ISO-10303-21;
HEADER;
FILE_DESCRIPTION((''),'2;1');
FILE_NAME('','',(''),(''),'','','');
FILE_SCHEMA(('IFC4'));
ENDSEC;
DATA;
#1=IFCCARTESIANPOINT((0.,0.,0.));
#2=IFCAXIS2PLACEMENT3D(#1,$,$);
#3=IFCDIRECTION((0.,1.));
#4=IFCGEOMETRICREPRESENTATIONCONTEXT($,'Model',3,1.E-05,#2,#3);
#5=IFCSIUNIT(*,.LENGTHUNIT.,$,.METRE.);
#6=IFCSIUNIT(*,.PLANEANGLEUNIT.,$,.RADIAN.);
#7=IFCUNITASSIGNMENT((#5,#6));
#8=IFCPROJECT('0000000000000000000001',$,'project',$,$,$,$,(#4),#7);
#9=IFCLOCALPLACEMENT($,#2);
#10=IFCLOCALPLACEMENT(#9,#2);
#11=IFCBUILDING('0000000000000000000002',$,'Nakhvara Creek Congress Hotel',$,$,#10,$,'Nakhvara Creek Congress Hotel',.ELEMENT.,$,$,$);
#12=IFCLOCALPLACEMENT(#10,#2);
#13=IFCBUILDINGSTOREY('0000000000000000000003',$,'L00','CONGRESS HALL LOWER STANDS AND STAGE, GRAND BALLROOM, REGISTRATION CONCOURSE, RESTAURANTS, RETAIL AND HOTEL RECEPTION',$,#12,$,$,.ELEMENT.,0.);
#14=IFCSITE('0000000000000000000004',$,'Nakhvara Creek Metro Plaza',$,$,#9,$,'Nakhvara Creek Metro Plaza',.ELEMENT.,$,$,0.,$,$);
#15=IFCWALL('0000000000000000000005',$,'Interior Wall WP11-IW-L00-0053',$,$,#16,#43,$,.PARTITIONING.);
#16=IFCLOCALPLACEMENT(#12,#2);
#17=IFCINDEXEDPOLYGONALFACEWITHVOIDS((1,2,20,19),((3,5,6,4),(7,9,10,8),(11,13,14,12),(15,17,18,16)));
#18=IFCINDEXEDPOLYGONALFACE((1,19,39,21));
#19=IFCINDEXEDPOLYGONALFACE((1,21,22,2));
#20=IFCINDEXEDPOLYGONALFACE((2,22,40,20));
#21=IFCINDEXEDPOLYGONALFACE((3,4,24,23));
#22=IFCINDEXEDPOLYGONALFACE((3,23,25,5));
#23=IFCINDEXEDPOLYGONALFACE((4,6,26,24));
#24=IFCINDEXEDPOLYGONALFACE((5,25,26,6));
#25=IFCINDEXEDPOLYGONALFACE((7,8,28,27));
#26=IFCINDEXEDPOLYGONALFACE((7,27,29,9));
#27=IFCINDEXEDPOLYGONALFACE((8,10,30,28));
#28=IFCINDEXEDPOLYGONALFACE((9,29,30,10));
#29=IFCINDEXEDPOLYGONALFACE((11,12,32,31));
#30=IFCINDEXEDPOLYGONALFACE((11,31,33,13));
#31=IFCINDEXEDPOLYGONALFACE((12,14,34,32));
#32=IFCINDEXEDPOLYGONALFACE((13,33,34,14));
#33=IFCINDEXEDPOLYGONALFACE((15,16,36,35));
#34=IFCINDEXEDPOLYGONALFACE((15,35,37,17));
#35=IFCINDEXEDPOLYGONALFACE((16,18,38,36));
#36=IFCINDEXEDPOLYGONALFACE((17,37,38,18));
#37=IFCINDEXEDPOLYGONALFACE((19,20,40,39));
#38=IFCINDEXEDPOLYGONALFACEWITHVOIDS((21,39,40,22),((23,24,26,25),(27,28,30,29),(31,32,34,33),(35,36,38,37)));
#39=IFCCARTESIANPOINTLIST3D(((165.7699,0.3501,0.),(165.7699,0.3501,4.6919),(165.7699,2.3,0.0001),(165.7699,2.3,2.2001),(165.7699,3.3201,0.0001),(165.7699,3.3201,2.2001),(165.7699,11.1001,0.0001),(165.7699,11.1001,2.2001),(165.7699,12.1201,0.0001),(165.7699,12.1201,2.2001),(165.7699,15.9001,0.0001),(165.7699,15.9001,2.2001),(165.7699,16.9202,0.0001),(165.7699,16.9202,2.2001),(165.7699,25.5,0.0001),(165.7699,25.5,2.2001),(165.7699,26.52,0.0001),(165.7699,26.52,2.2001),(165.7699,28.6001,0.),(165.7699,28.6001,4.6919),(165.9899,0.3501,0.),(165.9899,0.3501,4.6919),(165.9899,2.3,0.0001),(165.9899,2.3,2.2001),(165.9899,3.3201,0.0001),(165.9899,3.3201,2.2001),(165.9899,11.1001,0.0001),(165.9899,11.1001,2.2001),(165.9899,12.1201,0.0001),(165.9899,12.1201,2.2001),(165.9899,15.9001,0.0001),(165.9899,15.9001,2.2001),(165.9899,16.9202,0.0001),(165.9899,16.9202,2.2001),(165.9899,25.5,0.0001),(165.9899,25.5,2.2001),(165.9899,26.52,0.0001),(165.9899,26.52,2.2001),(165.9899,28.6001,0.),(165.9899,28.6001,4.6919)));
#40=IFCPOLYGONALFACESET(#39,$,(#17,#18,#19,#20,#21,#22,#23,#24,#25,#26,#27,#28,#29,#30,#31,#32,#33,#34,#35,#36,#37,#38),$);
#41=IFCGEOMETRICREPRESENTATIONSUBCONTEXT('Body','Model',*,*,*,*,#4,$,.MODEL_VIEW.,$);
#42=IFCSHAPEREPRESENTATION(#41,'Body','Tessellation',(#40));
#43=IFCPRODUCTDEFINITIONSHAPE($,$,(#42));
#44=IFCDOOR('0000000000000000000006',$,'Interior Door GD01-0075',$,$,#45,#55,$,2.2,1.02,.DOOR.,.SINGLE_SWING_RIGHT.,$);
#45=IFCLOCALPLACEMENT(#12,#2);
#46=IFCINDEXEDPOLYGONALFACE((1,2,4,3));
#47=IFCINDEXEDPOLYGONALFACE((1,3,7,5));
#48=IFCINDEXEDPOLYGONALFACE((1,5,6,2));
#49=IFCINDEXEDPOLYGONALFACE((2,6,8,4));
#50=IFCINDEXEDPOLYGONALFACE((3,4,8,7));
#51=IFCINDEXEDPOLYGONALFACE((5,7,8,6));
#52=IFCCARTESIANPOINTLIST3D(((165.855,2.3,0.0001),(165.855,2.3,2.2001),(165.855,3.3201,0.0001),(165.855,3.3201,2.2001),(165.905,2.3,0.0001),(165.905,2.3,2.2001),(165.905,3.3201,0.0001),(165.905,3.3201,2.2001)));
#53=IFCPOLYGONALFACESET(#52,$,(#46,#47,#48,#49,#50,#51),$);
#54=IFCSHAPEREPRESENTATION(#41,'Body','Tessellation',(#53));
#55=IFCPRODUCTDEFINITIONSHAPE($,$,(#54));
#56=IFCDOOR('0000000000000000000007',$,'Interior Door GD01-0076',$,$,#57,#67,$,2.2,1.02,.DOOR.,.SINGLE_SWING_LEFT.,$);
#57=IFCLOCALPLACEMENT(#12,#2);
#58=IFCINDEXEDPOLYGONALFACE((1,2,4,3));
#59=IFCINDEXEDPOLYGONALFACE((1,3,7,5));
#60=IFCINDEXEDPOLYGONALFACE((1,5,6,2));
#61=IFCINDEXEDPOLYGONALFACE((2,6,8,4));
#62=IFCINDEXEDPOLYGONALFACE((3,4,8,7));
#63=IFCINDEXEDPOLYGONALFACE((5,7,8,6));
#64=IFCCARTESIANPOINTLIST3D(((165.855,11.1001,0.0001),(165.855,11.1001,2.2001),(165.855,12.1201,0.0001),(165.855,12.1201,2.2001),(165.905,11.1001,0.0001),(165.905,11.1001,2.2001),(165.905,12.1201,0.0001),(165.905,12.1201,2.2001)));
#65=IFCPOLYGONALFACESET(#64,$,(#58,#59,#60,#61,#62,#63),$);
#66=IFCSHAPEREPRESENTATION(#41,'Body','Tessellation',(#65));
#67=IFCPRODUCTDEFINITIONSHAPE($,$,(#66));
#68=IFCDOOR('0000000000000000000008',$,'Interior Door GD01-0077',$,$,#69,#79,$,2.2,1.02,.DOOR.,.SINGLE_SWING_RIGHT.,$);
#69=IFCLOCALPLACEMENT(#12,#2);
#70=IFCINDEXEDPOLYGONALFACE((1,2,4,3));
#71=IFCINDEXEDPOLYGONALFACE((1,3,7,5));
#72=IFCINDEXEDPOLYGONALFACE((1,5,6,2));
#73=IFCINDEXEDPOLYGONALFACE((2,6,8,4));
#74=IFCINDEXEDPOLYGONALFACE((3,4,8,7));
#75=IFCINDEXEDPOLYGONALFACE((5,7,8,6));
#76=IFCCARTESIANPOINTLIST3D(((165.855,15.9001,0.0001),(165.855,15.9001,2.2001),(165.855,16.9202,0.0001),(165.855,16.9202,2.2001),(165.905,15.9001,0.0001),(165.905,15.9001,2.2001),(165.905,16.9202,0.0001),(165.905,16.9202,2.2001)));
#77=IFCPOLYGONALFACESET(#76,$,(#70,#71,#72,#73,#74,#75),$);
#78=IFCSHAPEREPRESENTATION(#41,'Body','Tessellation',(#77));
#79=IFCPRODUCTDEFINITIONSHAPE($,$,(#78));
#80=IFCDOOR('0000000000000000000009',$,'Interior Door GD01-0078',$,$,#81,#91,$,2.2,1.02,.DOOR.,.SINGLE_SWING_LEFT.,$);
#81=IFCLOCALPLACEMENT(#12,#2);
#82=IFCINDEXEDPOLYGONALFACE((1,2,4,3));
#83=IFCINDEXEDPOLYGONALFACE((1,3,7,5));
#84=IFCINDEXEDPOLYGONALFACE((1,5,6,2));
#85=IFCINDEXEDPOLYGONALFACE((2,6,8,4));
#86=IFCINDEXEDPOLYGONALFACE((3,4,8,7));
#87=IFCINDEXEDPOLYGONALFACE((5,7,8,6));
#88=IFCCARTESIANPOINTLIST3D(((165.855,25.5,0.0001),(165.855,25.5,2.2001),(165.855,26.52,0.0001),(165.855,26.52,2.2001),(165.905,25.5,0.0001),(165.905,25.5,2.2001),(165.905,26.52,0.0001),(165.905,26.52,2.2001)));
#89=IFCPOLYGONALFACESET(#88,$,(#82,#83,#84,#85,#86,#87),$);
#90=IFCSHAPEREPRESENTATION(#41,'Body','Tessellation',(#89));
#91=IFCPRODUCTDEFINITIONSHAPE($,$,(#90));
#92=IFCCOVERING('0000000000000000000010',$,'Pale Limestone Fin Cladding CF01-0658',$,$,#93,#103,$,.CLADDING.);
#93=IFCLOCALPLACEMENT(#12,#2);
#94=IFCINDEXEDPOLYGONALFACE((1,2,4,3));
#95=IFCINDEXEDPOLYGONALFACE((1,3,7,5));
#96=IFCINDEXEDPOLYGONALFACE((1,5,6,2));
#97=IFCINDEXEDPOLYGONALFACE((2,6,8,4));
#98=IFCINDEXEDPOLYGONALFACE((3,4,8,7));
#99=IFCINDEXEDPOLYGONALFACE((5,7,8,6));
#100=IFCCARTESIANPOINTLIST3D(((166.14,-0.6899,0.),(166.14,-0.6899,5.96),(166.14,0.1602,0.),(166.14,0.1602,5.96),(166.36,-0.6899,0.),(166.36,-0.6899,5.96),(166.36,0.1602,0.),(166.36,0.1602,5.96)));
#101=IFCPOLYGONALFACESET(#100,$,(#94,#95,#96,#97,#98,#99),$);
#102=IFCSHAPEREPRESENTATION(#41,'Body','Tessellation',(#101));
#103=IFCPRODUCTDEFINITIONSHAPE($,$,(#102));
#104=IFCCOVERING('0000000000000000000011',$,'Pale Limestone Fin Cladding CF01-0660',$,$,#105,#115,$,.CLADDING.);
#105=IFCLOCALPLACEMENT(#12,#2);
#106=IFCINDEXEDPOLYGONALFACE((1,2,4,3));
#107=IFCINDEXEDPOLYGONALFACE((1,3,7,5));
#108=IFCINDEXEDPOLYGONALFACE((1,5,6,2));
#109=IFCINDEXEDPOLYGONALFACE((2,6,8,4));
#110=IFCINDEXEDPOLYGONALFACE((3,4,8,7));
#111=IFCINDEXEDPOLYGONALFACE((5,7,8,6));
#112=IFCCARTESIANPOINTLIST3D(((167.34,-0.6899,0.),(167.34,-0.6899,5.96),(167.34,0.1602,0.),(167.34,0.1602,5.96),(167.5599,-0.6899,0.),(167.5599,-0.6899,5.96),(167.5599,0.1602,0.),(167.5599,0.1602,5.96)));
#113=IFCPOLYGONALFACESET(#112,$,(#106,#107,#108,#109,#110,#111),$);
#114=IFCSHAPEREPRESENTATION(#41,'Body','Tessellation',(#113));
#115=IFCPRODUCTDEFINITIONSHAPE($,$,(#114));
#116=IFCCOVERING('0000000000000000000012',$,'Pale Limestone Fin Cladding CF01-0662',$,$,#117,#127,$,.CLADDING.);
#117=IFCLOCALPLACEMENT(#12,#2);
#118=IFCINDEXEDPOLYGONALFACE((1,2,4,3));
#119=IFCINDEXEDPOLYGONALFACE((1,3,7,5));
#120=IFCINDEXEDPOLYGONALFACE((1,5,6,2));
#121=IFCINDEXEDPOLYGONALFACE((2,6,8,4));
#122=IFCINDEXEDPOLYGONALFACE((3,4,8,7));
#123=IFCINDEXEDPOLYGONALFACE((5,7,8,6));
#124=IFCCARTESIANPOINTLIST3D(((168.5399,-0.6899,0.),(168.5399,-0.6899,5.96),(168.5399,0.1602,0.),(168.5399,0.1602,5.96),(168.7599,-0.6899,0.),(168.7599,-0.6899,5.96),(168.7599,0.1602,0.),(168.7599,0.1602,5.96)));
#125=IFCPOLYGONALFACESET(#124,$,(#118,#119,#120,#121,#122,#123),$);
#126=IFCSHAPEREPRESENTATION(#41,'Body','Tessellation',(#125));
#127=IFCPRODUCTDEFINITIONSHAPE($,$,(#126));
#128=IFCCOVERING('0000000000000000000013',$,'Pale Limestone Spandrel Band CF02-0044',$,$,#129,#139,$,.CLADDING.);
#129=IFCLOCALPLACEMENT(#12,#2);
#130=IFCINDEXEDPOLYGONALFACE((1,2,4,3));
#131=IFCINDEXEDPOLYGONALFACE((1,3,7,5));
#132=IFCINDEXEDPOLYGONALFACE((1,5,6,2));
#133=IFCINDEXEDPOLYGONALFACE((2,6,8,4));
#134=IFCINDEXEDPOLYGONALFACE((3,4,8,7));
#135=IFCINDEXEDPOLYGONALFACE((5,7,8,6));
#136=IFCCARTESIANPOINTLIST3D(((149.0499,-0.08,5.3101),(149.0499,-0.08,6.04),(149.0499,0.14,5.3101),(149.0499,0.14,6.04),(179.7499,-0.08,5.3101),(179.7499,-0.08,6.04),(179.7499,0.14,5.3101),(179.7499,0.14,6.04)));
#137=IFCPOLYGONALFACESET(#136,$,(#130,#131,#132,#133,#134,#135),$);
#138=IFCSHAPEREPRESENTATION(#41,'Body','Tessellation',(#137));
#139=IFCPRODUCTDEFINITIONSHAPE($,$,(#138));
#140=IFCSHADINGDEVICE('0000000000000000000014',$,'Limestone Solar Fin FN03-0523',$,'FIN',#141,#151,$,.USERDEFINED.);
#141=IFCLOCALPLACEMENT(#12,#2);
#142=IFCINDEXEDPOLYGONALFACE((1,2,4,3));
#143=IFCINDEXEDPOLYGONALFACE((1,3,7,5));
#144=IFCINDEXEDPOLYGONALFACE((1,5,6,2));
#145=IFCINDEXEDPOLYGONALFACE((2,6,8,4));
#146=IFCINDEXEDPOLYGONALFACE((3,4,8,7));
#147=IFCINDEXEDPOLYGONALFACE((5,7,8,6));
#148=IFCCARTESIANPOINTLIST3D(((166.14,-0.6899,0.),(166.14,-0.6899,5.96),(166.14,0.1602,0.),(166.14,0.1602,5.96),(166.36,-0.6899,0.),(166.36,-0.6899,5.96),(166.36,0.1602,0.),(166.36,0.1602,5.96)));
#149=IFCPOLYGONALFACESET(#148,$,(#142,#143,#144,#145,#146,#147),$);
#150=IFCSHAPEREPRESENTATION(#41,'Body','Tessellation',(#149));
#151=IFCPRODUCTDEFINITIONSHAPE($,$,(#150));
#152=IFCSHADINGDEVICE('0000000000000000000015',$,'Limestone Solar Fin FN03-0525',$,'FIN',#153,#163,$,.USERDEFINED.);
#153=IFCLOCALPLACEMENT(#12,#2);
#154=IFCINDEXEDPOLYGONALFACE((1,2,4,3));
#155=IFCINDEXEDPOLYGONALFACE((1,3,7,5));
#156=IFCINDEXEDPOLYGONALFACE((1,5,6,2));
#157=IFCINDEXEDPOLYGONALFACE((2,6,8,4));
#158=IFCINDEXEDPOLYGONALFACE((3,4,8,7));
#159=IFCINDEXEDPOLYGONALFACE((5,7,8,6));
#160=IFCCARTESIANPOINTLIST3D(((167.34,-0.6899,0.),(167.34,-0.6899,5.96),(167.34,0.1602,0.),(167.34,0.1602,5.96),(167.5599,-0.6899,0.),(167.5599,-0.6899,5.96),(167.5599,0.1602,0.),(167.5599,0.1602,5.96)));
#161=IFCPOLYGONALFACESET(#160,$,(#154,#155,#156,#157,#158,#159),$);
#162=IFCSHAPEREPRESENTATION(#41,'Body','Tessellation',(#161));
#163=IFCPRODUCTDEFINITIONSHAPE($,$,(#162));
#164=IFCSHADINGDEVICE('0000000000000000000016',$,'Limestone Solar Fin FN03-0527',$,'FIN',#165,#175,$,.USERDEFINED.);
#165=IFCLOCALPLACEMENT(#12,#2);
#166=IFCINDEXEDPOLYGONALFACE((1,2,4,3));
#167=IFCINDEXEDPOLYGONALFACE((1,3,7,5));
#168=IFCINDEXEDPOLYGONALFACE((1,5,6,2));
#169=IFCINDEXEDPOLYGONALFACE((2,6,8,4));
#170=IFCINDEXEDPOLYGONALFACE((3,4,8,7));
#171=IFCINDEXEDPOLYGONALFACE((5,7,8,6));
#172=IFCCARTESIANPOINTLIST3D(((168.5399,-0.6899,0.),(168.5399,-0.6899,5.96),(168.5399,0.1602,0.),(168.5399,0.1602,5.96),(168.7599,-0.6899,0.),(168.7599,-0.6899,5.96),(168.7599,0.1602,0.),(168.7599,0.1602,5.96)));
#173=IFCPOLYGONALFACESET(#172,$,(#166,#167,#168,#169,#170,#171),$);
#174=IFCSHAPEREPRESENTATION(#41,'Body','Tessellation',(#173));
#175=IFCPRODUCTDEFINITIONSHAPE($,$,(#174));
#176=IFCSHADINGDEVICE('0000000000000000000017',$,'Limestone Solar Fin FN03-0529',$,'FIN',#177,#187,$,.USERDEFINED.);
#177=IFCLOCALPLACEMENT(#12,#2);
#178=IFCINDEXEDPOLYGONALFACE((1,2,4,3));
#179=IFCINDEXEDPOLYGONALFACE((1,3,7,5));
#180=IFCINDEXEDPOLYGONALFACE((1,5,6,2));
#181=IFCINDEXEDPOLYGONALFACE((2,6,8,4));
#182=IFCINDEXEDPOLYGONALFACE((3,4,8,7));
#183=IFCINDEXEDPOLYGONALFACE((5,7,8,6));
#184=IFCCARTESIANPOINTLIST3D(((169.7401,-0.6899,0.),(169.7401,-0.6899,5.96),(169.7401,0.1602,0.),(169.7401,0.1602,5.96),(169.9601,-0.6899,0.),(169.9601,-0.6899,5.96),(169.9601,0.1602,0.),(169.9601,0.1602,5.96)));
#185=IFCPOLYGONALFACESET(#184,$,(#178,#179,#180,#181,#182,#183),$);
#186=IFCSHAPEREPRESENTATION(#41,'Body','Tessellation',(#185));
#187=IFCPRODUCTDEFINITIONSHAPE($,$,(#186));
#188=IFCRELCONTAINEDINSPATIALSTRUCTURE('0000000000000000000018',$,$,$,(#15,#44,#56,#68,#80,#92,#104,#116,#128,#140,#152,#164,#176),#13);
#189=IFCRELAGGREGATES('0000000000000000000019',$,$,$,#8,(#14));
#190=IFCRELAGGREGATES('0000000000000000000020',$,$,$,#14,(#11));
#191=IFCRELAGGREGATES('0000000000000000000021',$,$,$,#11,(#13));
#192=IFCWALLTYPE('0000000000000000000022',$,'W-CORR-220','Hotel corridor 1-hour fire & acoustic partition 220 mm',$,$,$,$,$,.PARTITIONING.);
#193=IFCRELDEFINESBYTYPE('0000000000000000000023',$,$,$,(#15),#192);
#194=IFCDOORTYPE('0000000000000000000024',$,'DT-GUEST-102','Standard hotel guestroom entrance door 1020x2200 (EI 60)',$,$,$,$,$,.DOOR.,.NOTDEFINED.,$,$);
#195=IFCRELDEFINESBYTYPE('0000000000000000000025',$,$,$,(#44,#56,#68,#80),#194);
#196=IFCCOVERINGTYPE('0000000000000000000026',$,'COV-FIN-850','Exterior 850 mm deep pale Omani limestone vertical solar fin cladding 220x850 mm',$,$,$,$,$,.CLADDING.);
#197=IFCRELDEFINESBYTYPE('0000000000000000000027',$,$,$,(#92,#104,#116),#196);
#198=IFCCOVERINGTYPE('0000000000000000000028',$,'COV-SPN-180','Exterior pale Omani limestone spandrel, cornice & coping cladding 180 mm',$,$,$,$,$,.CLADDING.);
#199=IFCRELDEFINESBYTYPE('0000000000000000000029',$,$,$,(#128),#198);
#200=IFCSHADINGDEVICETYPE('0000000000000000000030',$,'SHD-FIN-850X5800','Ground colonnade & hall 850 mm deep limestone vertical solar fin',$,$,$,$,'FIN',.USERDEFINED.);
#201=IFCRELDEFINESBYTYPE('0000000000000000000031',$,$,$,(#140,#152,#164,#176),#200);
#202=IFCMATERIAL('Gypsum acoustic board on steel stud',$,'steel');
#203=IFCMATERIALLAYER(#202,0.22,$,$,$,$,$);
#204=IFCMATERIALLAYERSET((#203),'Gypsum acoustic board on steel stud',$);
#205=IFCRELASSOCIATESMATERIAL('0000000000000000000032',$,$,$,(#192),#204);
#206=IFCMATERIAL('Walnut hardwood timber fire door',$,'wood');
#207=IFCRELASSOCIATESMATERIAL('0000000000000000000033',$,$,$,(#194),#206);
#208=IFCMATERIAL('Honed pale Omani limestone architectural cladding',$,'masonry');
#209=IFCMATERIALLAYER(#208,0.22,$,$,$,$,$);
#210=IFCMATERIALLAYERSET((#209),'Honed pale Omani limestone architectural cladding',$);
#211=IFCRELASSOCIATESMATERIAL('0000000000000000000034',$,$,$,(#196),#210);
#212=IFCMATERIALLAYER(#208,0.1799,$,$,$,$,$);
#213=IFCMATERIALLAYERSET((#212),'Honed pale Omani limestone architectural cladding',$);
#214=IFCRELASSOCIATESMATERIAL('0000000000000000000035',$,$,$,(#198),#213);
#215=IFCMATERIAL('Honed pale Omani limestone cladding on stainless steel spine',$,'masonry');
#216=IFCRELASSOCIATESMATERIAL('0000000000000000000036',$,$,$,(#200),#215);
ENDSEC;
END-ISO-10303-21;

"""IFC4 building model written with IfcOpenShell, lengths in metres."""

from ifc_helpers import new_model, si_unit, direction, frame, frame_2d, origin, origin_2d, place, context, subcontext, project, spatial, rectangle, extrude, material, layer, layer_set, type_object, element, fill, save


model = new_model("IFC4")

# Units and contexts
model_context = context("Model", 3, precision=1e-05, world=origin(), true_north=direction((0.0, 1.0)))
body_context = subcontext(model_context, "Body", "Model", "MODEL_VIEW")
ifc_project = project(units=[si_unit("LENGTHUNIT", "METRE"), si_unit("PLANEANGLEUNIT", "RADIAN")], contexts=[model_context])

# Site, building, storey
site_placement = place(None, origin())
site = spatial("IfcSite", under=ifc_project, at=site_placement, Name="Nakhvara Creek Metro Plaza", LongName="Nakhvara Creek Metro Plaza", CompositionType="ELEMENT", RefElevation=0.0)
building_placement = place(site_placement, origin())
building = spatial("IfcBuilding", under=site, at=building_placement, Name="Nakhvara Creek Congress Hotel", LongName="Nakhvara Creek Congress Hotel", CompositionType="ELEMENT")
storey_placement = place(building_placement, origin())
storey = spatial("IfcBuildingStorey", under=building, at=storey_placement, Name="L00", Description="CONGRESS HALL LOWER STANDS AND STAGE, GRAND BALLROOM, REGISTRATION CONCOURSE, RESTAURANTS, RETAIL AND HOTEL RECEPTION", CompositionType="ELEMENT", Elevation=0.0)

# Wall, openings, doors
ifc_material_1 = material(Name="Gypsum acoustic board on steel stud", Category="steel")
ifc_layer_1 = layer(ifc_material_1, 0.22)
ifc_layer_set_1 = layer_set([ifc_layer_1], Name="Gypsum acoustic board on steel stud")
wall_type = type_object("IfcWallType", Name="W-CORR-220", Description="Hotel corridor 1-hour fire & acoustic partition 220 mm", PredefinedType="PARTITIONING", material=ifc_layer_set_1)
ifc_material_2 = material(Name="Walnut hardwood timber fire door", Category="wood")
wall_1_placement = place(storey_placement, frame((165.8799, 0.3501, 0.0), z_axis=(0.0, 0.0, 1.0), x_axis=(0.0, 1.0, 0.0)))
wall_1 = element("IfcWall", 1, at=wall_1_placement, inside=storey, type_object=wall_type, Name="Interior Wall WP11-IW-L00-0053", PredefinedType="PARTITIONING", context=body_context, shape_type="SweptSolid", body=[
    extrude(rectangle(XDim=28.25, YDim=0.22, at=frame_2d((14.125, 0.0))), origin(), (0.0, 0.0, 1.0), 4.6919),
])
opening_1_placement = place(wall_1_placement, frame((1.95, 0.0, 0.0)))
opening_1 = element("IfcOpeningElement", 2, at=opening_1_placement, cuts=wall_1, PredefinedType="OPENING", context=body_context, shape_type="SweptSolid", body=[
    extrude(rectangle(XDim=1.02, YDim=2.2, at=frame_2d((0.51, 1.1001))), frame((0.0, 0.1221, 0.0), z_axis=(0.0, -1.0, 0.0), x_axis=(1.0, 0.0, 0.0)), (0.0, 0.0, 1.0), 0.2439),
])
opening_2_placement = place(wall_1_placement, frame((10.75, 0.0, 0.0)))
opening_2 = element("IfcOpeningElement", 3, at=opening_2_placement, cuts=wall_1, PredefinedType="OPENING", context=body_context, shape_type="SweptSolid", body=[
    extrude(rectangle(XDim=1.02, YDim=2.2, at=frame_2d((0.51, 1.1001))), frame((0.0, 0.1221, 0.0), z_axis=(0.0, -1.0, 0.0), x_axis=(1.0, 0.0, 0.0)), (0.0, 0.0, 1.0), 0.2439),
])
opening_3_placement = place(wall_1_placement, frame((15.55, 0.0, 0.0)))
opening_3 = element("IfcOpeningElement", 4, at=opening_3_placement, cuts=wall_1, PredefinedType="OPENING", context=body_context, shape_type="SweptSolid", body=[
    extrude(rectangle(XDim=1.02, YDim=2.2, at=frame_2d((0.51, 1.1001))), frame((0.0, 0.1221, 0.0), z_axis=(0.0, -1.0, 0.0), x_axis=(1.0, 0.0, 0.0)), (0.0, 0.0, 1.0), 0.2439),
])
opening_4_placement = place(wall_1_placement, frame((25.1499, 0.0, 0.0)))
opening_4 = element("IfcOpeningElement", 5, at=opening_4_placement, cuts=wall_1, PredefinedType="OPENING", context=body_context, shape_type="SweptSolid", body=[
    extrude(rectangle(XDim=1.02, YDim=2.2, at=frame_2d((0.51, 1.1001))), frame((0.0, 0.1221, 0.0), z_axis=(0.0, -1.0, 0.0), x_axis=(1.0, 0.0, 0.0)), (0.0, 0.0, 1.0), 0.2439),
])
door_type_1 = type_object("IfcDoorType", Name="DT-GUEST-102", Description="Standard hotel guestroom entrance door 1020x2200 (EI 60)", OperationType="NOTDEFINED", PredefinedType="DOOR", material=ifc_material_2)
door_1_placement = place(opening_1_placement, origin())
door_1 = element("IfcDoor", 6, at=door_1_placement, inside=storey, type_object=door_type_1, Name="Interior Door GD01-0075", OperationType="SINGLE_SWING_RIGHT", OverallHeight=2.2, OverallWidth=1.02, PredefinedType="DOOR", context=body_context, shape_type="SweptSolid", body=[
    extrude(rectangle(XDim=1.02, YDim=2.2, at=frame_2d((0.51, 1.1001))), frame((0.0, 0.0249, 0.0), z_axis=(0.0, -1.0, 0.0), x_axis=(1.0, 0.0, 0.0)), (0.0, 0.0, 1.0), 0.05),
])
fill(opening_1, door_1)
door_2_placement = place(opening_2_placement, origin())
door_2 = element("IfcDoor", 7, at=door_2_placement, inside=storey, type_object=door_type_1, Name="Interior Door GD01-0076", OperationType="SINGLE_SWING_LEFT", OverallHeight=2.2, OverallWidth=1.02, PredefinedType="DOOR", context=body_context, shape_type="SweptSolid", body=[
    extrude(rectangle(XDim=1.02, YDim=2.2, at=frame_2d((0.51, 1.1001))), frame((0.0, 0.0249, 0.0), z_axis=(0.0, -1.0, 0.0), x_axis=(1.0, 0.0, 0.0)), (0.0, 0.0, 1.0), 0.05),
])
fill(opening_2, door_2)
door_3_placement = place(opening_3_placement, origin())
door_3 = element("IfcDoor", 8, at=door_3_placement, inside=storey, type_object=door_type_1, Name="Interior Door GD01-0077", OperationType="SINGLE_SWING_RIGHT", OverallHeight=2.2, OverallWidth=1.02, PredefinedType="DOOR", context=body_context, shape_type="SweptSolid", body=[
    extrude(rectangle(XDim=1.02, YDim=2.2, at=frame_2d((0.51, 1.1001))), frame((0.0, 0.0249, 0.0), z_axis=(0.0, -1.0, 0.0), x_axis=(1.0, 0.0, 0.0)), (0.0, 0.0, 1.0), 0.05),
])
fill(opening_3, door_3)
door_4_placement = place(opening_4_placement, origin())
door_4 = element("IfcDoor", 9, at=door_4_placement, inside=storey, type_object=door_type_1, Name="Interior Door GD01-0078", OperationType="SINGLE_SWING_LEFT", OverallHeight=2.2, OverallWidth=1.02, PredefinedType="DOOR", context=body_context, shape_type="SweptSolid", body=[
    extrude(rectangle(XDim=1.02, YDim=2.2, at=frame_2d((0.51, 1.1001))), frame((0.0, 0.0249, 0.0), z_axis=(0.0, -1.0, 0.0), x_axis=(1.0, 0.0, 0.0)), (0.0, 0.0, 1.0), 0.05),
])
fill(opening_4, door_4)

# Coverings
ifc_material_3 = material(Name="Honed pale Omani limestone architectural cladding", Category="masonry")
ifc_layer_2 = layer(ifc_material_3, 0.22)
ifc_layer_set_2 = layer_set([ifc_layer_2], Name="Honed pale Omani limestone architectural cladding")
covering_type_1 = type_object("IfcCoveringType", Name="COV-FIN-850", Description="Exterior 850 mm deep pale Omani limestone vertical solar fin cladding 220x850 mm", PredefinedType="CLADDING", material=ifc_layer_set_2)
for number, where, z_axis, x_axis, name in (
    (10, (166.25, -0.2649, 0.0), (0.0, 0.0, 1.0), (1.0, 0.0, 0.0), "Pale Limestone Fin Cladding CF01-0658"),
    (11, (167.45, -0.2649, 0.0), (0.0, 0.0, 1.0), (1.0, 0.0, 0.0), "Pale Limestone Fin Cladding CF01-0660"),
    (12, (168.6499, -0.2649, 0.0), (0.0, 0.0, 1.0), (1.0, 0.0, 0.0), "Pale Limestone Fin Cladding CF01-0662"),
):
    element("IfcCovering", number, at=place(storey_placement, frame(where, z_axis=z_axis, x_axis=x_axis)), inside=storey, type_object=covering_type_1, Name=name, PredefinedType="CLADDING", context=body_context, shape_type="SweptSolid", body=[
        extrude(rectangle(XDim=0.22, YDim=0.8501, at=origin_2d()), origin(), (0.0, 0.0, 1.0), 5.96),
    ])
ifc_layer_3 = layer(ifc_material_3, 0.1799)
ifc_layer_set_3 = layer_set([ifc_layer_3], Name="Honed pale Omani limestone architectural cladding")
covering_type_2 = type_object("IfcCoveringType", Name="COV-SPN-180", Description="Exterior pale Omani limestone spandrel, cornice & coping cladding 180 mm", PredefinedType="CLADDING", material=ifc_layer_set_3)
covering_placement = place(storey_placement, frame((164.3999, 0.03, 5.3101), z_axis=(0.0, 0.0, 1.0), x_axis=(1.0, 0.0, 0.0)))
element("IfcCovering", 13, at=covering_placement, inside=storey, type_object=covering_type_2, Name="Pale Limestone Spandrel Band CF02-0044", PredefinedType="CLADDING", context=body_context, shape_type="SweptSolid", body=[
    extrude(rectangle(XDim=30.7, YDim=0.22, at=origin_2d()), origin(), (0.0, 0.0, 1.0), 0.73),
])

# Shading devices
ifc_material_4 = material(Name="Honed pale Omani limestone cladding on stainless steel spine", Category="masonry")
shading_device_type = type_object("IfcShadingDeviceType", Name="SHD-FIN-850X5800", Description="Ground colonnade & hall 850 mm deep limestone vertical solar fin", ElementType="FIN", PredefinedType="USERDEFINED", material=ifc_material_4)
for number, where, z_axis, x_axis, name in (
    (14, (166.25, -0.2649, 0.0), (0.0, 0.0, 1.0), (1.0, 0.0, 0.0), "Limestone Solar Fin FN03-0523"),
    (15, (167.45, -0.2649, 0.0), (0.0, 0.0, 1.0), (1.0, 0.0, 0.0), "Limestone Solar Fin FN03-0525"),
    (16, (168.6499, -0.2649, 0.0), (0.0, 0.0, 1.0), (1.0, 0.0, 0.0), "Limestone Solar Fin FN03-0527"),
    (17, (169.8501, -0.2649, 0.0), (0.0, 0.0, 1.0), (1.0, 0.0, 0.0), "Limestone Solar Fin FN03-0529"),
):
    element("IfcShadingDevice", number, at=place(storey_placement, frame(where, z_axis=z_axis, x_axis=x_axis)), inside=storey, type_object=shading_device_type, Name=name, ObjectType="FIN", PredefinedType="USERDEFINED", context=body_context, shape_type="SweptSolid", body=[
        extrude(rectangle(XDim=0.22, YDim=0.8501, at=origin_2d()), origin(), (0.0, 0.0, 1.0), 5.96),
    ])

save(model, "model.ifc")
